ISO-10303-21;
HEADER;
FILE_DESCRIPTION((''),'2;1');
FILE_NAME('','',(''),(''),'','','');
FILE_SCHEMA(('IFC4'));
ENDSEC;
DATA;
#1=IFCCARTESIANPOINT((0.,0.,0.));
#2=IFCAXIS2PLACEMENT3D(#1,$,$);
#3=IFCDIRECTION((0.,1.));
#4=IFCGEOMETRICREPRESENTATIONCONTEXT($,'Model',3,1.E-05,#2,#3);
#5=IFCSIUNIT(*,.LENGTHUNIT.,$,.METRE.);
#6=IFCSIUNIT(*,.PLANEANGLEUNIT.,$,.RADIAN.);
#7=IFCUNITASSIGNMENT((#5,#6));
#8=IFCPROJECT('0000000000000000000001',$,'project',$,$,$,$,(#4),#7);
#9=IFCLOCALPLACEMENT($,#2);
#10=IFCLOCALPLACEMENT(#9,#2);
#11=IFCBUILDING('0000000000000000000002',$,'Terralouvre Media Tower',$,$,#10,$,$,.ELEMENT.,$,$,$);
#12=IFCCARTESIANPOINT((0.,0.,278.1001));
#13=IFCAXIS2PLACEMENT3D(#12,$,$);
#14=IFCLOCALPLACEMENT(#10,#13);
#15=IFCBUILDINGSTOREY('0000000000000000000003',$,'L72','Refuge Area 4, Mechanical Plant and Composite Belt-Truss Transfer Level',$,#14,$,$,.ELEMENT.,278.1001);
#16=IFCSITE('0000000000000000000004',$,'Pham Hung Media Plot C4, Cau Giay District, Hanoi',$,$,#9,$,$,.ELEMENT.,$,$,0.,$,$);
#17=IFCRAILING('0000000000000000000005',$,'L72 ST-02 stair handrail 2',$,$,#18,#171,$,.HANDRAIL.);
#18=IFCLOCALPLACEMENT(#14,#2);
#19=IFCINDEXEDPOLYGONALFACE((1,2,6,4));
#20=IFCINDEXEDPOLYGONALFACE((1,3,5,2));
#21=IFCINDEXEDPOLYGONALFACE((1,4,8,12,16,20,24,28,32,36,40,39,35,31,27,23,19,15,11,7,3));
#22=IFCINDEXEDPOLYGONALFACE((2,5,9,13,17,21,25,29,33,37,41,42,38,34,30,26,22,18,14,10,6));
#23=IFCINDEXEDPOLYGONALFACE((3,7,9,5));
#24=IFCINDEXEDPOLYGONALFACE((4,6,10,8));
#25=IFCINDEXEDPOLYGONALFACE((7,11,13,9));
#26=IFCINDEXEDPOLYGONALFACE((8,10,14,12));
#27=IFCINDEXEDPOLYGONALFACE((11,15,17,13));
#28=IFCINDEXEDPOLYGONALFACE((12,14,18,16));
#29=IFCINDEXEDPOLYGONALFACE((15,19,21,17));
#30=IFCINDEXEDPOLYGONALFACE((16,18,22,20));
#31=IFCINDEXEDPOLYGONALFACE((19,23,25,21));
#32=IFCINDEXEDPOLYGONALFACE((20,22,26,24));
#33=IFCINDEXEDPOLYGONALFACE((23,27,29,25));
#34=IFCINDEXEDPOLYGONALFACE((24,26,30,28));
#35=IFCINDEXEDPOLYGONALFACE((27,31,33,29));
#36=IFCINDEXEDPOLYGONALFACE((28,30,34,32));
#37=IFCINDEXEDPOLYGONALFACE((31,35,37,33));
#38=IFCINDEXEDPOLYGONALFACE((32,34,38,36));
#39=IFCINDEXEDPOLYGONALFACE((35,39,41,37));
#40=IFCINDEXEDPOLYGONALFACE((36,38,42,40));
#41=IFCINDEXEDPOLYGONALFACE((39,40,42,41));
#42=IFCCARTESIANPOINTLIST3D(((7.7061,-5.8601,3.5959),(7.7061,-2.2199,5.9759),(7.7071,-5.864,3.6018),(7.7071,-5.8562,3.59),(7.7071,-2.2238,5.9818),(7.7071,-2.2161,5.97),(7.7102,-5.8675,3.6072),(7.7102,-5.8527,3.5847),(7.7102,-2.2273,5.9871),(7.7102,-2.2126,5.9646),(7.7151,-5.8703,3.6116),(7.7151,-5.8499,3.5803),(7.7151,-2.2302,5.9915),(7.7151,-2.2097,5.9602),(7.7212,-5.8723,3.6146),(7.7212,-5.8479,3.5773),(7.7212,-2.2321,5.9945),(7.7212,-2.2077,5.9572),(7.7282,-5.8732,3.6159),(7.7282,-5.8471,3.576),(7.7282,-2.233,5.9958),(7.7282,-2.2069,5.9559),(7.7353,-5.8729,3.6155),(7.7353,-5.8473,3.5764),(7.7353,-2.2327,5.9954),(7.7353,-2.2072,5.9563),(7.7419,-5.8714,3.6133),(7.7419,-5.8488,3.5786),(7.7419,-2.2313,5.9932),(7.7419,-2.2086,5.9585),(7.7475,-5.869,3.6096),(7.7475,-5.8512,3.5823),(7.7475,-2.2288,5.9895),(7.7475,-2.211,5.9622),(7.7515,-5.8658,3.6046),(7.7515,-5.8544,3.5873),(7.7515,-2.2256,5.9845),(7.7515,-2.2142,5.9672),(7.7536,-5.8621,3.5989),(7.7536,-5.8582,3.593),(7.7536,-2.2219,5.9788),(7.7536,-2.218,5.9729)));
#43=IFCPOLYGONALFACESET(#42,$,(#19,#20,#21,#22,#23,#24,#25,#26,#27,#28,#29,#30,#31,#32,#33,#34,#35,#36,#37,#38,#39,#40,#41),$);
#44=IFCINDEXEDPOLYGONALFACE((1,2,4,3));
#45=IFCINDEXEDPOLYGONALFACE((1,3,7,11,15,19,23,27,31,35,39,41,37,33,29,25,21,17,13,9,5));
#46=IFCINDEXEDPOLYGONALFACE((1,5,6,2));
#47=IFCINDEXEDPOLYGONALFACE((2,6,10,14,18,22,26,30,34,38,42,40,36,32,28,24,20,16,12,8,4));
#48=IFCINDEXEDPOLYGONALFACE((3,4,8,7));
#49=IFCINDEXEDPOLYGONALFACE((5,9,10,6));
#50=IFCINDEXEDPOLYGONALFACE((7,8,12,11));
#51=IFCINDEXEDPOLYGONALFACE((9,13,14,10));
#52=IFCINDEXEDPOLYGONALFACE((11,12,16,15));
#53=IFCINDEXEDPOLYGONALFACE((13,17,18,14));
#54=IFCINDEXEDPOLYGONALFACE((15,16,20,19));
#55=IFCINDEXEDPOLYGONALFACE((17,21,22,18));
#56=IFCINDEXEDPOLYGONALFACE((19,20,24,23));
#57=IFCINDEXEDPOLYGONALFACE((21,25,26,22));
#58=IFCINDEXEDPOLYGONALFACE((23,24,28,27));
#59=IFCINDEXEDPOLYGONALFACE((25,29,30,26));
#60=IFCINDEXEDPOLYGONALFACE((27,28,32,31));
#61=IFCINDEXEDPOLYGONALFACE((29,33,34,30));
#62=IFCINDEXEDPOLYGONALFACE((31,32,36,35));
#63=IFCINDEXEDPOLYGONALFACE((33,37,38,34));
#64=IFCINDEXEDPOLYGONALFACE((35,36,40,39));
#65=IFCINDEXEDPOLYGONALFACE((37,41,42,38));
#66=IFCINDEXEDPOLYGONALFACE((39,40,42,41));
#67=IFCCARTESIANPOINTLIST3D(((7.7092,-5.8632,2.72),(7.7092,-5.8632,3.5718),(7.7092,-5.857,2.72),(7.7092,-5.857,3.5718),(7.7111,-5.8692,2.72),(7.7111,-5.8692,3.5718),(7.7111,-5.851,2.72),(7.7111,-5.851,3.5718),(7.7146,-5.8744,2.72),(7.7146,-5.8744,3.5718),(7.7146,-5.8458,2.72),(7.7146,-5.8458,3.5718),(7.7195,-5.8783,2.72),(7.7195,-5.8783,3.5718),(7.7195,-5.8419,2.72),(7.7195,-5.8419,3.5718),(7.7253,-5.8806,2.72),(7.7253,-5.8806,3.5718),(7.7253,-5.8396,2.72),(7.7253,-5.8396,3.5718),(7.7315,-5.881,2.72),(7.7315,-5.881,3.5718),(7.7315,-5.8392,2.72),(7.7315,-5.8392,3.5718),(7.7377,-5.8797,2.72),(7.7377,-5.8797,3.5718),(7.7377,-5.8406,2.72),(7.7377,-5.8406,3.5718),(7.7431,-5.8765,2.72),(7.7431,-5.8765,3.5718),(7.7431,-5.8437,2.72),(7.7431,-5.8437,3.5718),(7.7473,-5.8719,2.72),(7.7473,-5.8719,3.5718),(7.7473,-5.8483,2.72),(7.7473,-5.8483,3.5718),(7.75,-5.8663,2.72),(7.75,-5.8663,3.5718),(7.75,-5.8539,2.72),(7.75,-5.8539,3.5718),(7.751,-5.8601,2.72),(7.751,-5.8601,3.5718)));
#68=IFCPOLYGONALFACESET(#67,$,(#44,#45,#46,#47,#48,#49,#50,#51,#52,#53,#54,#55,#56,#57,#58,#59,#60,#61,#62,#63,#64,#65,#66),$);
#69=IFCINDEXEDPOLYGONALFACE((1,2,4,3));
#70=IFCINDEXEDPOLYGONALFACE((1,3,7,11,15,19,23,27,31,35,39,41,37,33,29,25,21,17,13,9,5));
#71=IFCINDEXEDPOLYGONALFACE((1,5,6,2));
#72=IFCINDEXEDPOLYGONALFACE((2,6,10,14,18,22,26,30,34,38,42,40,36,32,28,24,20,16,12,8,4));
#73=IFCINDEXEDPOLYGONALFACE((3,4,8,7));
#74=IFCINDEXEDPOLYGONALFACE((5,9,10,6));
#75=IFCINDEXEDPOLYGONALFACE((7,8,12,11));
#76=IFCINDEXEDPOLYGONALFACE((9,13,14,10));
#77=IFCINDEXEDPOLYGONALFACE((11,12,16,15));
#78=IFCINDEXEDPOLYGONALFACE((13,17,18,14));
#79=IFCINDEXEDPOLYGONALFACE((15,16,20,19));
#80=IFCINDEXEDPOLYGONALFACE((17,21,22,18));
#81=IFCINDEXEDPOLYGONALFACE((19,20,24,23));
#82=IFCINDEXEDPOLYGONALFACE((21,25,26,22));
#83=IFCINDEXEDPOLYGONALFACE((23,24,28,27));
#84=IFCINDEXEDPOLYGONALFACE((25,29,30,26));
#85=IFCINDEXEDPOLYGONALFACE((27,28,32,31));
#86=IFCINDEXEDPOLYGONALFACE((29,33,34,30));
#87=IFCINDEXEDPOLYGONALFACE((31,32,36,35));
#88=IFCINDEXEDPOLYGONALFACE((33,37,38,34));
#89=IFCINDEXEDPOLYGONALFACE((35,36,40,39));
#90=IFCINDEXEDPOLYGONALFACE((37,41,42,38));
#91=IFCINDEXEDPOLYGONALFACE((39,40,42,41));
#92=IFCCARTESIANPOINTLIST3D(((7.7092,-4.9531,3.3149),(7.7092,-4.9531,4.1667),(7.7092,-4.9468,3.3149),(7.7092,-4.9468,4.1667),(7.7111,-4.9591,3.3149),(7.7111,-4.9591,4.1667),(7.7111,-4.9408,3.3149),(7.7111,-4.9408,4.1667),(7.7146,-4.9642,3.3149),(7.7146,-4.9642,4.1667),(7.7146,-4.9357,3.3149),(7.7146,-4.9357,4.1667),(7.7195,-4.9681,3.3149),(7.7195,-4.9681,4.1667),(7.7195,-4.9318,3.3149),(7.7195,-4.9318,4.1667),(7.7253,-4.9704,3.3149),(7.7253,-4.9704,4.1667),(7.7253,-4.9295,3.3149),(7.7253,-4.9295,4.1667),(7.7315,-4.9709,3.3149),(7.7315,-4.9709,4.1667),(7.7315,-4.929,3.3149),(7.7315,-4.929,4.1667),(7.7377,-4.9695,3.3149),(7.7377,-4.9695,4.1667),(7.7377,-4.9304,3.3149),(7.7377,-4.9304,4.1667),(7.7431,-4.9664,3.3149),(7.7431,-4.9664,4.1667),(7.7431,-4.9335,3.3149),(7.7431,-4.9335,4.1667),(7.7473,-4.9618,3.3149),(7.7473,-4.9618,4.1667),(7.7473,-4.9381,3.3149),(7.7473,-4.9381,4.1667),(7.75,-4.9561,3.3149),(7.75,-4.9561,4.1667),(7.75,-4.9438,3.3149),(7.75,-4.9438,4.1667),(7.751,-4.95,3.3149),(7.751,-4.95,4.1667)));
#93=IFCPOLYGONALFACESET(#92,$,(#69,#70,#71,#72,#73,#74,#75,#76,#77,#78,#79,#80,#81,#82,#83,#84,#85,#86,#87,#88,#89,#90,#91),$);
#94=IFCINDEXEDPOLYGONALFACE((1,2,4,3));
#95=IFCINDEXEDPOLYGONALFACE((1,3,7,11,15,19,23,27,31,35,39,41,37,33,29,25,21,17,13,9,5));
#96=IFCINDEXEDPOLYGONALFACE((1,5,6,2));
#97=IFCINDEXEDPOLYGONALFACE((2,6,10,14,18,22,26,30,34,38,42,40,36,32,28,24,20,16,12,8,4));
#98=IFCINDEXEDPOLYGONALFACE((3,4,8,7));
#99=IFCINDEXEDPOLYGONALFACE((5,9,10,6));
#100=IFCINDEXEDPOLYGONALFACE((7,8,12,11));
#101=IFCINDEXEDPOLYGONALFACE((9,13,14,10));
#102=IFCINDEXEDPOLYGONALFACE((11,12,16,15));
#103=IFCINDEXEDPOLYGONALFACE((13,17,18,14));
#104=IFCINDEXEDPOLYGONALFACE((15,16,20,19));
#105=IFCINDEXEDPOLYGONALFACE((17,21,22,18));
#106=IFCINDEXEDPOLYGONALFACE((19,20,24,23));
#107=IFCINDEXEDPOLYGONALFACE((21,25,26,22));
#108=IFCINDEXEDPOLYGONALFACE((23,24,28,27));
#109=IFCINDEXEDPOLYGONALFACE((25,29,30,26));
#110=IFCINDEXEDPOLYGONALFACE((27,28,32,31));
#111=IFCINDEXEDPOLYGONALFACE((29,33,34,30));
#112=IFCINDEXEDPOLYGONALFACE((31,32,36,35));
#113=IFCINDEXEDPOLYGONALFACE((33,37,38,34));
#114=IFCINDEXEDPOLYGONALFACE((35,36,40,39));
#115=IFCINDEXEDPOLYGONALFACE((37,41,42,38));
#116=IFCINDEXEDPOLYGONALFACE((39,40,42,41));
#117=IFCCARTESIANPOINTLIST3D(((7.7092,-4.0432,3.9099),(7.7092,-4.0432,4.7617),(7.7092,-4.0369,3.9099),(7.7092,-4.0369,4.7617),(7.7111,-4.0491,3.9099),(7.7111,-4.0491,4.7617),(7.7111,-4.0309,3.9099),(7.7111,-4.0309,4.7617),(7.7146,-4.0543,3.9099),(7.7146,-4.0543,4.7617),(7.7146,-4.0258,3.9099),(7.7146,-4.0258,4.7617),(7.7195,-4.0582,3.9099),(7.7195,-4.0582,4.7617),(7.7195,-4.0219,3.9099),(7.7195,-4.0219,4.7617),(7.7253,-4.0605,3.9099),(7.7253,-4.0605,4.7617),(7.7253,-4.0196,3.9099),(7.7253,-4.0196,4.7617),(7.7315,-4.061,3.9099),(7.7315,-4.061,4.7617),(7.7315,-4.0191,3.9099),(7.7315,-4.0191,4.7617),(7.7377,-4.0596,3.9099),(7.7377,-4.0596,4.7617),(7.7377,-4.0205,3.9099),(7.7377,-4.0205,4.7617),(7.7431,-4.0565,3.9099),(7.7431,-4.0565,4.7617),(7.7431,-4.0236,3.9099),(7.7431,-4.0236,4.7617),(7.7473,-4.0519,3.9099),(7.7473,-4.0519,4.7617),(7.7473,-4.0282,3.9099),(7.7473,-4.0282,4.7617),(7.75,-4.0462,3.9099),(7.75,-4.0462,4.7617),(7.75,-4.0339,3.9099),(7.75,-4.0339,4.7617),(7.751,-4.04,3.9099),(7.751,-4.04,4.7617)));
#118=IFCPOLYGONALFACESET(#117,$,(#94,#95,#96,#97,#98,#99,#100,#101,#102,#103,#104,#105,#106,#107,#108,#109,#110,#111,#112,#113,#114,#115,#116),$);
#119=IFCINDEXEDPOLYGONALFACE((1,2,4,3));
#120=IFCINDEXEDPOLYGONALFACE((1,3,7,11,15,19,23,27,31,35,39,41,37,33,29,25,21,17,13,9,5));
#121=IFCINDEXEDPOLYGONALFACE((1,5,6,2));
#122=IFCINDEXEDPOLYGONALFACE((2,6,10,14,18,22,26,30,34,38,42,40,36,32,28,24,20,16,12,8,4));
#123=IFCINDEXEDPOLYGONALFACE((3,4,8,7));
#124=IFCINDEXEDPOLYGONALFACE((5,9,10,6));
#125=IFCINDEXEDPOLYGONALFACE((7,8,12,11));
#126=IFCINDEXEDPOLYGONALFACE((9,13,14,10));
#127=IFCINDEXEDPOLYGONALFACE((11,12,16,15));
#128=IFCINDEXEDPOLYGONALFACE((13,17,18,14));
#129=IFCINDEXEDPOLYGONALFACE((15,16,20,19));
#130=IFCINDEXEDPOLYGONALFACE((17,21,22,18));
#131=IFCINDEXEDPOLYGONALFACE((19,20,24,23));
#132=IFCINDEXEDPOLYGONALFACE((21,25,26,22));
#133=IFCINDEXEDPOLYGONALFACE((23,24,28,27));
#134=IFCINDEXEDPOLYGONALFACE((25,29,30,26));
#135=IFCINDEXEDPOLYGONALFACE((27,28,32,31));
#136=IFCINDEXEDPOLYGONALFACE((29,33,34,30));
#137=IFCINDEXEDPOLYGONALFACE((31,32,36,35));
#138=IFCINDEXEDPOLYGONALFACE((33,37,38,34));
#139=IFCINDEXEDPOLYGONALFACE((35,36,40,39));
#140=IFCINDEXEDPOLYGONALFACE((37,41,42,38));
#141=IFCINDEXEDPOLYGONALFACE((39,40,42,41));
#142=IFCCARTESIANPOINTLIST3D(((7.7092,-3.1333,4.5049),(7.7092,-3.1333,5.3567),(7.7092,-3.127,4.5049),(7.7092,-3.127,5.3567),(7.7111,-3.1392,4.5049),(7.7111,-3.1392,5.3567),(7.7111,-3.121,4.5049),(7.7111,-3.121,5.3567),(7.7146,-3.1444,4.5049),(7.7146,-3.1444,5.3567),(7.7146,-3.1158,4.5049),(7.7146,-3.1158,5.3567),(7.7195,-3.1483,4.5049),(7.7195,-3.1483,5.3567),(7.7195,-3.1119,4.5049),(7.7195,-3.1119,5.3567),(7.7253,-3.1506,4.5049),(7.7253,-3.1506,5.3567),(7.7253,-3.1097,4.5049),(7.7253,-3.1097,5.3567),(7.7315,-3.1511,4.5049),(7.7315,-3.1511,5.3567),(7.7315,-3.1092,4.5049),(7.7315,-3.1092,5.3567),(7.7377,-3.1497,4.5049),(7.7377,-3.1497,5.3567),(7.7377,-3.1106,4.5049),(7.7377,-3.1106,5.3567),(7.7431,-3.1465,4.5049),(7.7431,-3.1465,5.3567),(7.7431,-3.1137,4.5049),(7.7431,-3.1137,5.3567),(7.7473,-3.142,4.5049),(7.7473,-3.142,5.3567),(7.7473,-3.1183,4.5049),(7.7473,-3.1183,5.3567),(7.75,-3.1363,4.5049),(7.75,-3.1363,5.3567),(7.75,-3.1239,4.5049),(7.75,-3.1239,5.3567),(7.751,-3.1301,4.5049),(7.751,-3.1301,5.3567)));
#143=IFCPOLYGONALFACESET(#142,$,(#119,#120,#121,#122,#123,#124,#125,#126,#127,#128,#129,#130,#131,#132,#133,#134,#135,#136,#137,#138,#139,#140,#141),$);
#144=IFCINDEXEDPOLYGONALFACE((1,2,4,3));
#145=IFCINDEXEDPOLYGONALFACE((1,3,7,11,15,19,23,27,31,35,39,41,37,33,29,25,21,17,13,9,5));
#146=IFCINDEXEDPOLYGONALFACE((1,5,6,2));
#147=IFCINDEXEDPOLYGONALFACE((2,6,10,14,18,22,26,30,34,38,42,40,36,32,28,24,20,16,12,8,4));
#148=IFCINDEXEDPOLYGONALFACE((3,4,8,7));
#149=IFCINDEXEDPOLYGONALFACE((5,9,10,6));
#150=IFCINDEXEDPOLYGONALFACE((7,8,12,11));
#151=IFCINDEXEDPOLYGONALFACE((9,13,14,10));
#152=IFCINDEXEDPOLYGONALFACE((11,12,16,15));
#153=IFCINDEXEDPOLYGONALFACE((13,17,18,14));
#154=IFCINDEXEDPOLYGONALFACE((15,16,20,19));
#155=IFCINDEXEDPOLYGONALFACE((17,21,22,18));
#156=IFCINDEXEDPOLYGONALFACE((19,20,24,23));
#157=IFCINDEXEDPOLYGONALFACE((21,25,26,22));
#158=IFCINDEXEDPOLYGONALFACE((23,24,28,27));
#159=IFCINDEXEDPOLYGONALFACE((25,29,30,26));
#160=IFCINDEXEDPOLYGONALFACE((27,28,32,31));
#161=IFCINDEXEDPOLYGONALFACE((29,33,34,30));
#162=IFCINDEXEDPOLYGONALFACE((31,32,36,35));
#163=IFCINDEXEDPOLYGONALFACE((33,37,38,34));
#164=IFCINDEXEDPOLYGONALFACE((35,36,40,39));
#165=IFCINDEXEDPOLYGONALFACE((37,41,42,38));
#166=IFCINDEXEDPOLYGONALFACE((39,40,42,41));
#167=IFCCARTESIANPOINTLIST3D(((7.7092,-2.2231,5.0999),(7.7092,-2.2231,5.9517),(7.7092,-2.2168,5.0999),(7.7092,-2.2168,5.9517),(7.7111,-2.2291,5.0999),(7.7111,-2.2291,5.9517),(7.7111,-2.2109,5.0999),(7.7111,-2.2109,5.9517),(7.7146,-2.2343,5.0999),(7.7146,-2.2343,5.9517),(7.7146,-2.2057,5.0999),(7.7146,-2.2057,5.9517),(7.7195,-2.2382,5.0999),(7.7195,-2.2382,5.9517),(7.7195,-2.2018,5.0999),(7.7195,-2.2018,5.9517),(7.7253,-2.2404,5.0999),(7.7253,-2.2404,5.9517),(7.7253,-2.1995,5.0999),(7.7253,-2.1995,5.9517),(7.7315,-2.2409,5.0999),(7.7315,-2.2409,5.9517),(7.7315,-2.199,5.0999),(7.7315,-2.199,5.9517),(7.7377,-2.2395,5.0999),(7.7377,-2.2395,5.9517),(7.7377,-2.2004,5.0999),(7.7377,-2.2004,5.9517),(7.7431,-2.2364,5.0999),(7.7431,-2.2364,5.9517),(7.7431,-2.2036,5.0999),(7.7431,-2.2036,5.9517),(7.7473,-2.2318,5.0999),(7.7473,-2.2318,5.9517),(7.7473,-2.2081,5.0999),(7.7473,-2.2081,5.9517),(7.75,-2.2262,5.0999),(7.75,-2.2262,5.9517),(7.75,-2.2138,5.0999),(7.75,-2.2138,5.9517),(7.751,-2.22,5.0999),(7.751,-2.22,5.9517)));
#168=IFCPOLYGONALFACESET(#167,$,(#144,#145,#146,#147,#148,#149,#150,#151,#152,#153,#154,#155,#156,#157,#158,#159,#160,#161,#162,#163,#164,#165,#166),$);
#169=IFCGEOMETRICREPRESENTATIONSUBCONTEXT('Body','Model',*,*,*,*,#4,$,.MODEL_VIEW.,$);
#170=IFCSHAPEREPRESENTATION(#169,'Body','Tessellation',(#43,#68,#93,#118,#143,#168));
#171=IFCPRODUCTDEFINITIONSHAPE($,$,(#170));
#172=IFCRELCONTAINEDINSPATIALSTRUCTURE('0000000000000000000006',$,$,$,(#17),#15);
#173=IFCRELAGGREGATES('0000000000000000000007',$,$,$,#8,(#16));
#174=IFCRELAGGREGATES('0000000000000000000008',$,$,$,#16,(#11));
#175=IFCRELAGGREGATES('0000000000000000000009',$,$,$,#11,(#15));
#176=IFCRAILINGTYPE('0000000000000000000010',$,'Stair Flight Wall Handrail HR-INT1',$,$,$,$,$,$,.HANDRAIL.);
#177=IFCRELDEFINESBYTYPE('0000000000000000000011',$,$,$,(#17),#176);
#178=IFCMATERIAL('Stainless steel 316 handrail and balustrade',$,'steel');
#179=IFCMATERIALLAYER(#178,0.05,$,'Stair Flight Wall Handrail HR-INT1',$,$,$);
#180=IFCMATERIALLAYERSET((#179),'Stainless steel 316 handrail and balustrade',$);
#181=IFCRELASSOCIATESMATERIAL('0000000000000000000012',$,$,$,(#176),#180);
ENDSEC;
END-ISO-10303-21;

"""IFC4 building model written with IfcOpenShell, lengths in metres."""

from ifc_helpers import new_model, si_unit, direction, frame, origin, origin_2d, place, context, subcontext, project, spatial, circle, extrude, material, layer, layer_set, type_object, element, save


model = new_model("IFC4")

# Units and contexts
model_context = context("Model", 3, precision=1e-05, world=origin(), true_north=direction((0.0, 1.0)))
body_context = subcontext(model_context, "Body", "Model", "MODEL_VIEW")
ifc_project = project(units=[si_unit("LENGTHUNIT", "METRE"), si_unit("PLANEANGLEUNIT", "RADIAN")], contexts=[model_context])

# Site, building, storey
site_placement = place(None, origin())
site = spatial("IfcSite", under=ifc_project, at=site_placement, Name="Pham Hung Media Plot C4, Cau Giay District, Hanoi", CompositionType="ELEMENT", RefElevation=0.0)
building_placement = place(site_placement, origin())
building = spatial("IfcBuilding", under=site, at=building_placement, Name="Terralouvre Media Tower", CompositionType="ELEMENT")
storey_placement = place(building_placement, frame((0.0, 0.0, 278.1001)))
storey = spatial("IfcBuildingStorey", under=building, at=storey_placement, Name="L72", Description="Refuge Area 4, Mechanical Plant and Composite Belt-Truss Transfer Level", CompositionType="ELEMENT", Elevation=278.1001)

# Railing
ifc_material_1 = material(Name="Stainless steel 316 handrail and balustrade", Category="steel")
ifc_layer_1 = layer(ifc_material_1, 0.05, Name="Stair Flight Wall Handrail HR-INT1")
ifc_layer_set_1 = layer_set([ifc_layer_1], Name="Stainless steel 316 handrail and balustrade")
railing_type_1 = type_object("IfcRailingType", Name="Stair Flight Wall Handrail HR-INT1", PredefinedType="HANDRAIL", material=ifc_layer_set_1)
railing_1_placement = place(storey_placement, frame((7.73, -5.8601, 2.72)))
element("IfcRailing", 1, at=railing_1_placement, inside=storey, type_object=railing_type_1, Name="L72 ST-02 stair handrail 2", PredefinedType="HANDRAIL", context=body_context, shape_type="SweptSolid", body=[
    extrude(circle(Radius=0.0239, at=origin_2d()), frame((0.0, 0.0, 0.876), z_axis=(0.0, 0.836991, 0.547216), x_axis=(-1.0, 0.0, 0.0)), (0.0, 0.0, 1.0), 4.3491),
    extrude(circle(Radius=0.021, at=origin_2d()), origin(), (0.0, 0.0, 1.0), 0.8518),
    extrude(circle(Radius=0.021, at=origin_2d()), frame((0.0, 0.9102, 0.595)), (0.0, 0.0, 1.0), 0.8518),
    extrude(circle(Radius=0.021, at=origin_2d()), frame((0.0, 1.8201, 1.1899)), (0.0, 0.0, 1.0), 0.8518),
    extrude(circle(Radius=0.021, at=origin_2d()), frame((0.0, 2.73, 1.7849)), (0.0, 0.0, 1.0), 0.8518),
    extrude(circle(Radius=0.021, at=origin_2d()), frame((0.0, 3.6401, 2.3799)), (0.0, 0.0, 1.0), 0.8518),
])

save(model, "model.ifc")
